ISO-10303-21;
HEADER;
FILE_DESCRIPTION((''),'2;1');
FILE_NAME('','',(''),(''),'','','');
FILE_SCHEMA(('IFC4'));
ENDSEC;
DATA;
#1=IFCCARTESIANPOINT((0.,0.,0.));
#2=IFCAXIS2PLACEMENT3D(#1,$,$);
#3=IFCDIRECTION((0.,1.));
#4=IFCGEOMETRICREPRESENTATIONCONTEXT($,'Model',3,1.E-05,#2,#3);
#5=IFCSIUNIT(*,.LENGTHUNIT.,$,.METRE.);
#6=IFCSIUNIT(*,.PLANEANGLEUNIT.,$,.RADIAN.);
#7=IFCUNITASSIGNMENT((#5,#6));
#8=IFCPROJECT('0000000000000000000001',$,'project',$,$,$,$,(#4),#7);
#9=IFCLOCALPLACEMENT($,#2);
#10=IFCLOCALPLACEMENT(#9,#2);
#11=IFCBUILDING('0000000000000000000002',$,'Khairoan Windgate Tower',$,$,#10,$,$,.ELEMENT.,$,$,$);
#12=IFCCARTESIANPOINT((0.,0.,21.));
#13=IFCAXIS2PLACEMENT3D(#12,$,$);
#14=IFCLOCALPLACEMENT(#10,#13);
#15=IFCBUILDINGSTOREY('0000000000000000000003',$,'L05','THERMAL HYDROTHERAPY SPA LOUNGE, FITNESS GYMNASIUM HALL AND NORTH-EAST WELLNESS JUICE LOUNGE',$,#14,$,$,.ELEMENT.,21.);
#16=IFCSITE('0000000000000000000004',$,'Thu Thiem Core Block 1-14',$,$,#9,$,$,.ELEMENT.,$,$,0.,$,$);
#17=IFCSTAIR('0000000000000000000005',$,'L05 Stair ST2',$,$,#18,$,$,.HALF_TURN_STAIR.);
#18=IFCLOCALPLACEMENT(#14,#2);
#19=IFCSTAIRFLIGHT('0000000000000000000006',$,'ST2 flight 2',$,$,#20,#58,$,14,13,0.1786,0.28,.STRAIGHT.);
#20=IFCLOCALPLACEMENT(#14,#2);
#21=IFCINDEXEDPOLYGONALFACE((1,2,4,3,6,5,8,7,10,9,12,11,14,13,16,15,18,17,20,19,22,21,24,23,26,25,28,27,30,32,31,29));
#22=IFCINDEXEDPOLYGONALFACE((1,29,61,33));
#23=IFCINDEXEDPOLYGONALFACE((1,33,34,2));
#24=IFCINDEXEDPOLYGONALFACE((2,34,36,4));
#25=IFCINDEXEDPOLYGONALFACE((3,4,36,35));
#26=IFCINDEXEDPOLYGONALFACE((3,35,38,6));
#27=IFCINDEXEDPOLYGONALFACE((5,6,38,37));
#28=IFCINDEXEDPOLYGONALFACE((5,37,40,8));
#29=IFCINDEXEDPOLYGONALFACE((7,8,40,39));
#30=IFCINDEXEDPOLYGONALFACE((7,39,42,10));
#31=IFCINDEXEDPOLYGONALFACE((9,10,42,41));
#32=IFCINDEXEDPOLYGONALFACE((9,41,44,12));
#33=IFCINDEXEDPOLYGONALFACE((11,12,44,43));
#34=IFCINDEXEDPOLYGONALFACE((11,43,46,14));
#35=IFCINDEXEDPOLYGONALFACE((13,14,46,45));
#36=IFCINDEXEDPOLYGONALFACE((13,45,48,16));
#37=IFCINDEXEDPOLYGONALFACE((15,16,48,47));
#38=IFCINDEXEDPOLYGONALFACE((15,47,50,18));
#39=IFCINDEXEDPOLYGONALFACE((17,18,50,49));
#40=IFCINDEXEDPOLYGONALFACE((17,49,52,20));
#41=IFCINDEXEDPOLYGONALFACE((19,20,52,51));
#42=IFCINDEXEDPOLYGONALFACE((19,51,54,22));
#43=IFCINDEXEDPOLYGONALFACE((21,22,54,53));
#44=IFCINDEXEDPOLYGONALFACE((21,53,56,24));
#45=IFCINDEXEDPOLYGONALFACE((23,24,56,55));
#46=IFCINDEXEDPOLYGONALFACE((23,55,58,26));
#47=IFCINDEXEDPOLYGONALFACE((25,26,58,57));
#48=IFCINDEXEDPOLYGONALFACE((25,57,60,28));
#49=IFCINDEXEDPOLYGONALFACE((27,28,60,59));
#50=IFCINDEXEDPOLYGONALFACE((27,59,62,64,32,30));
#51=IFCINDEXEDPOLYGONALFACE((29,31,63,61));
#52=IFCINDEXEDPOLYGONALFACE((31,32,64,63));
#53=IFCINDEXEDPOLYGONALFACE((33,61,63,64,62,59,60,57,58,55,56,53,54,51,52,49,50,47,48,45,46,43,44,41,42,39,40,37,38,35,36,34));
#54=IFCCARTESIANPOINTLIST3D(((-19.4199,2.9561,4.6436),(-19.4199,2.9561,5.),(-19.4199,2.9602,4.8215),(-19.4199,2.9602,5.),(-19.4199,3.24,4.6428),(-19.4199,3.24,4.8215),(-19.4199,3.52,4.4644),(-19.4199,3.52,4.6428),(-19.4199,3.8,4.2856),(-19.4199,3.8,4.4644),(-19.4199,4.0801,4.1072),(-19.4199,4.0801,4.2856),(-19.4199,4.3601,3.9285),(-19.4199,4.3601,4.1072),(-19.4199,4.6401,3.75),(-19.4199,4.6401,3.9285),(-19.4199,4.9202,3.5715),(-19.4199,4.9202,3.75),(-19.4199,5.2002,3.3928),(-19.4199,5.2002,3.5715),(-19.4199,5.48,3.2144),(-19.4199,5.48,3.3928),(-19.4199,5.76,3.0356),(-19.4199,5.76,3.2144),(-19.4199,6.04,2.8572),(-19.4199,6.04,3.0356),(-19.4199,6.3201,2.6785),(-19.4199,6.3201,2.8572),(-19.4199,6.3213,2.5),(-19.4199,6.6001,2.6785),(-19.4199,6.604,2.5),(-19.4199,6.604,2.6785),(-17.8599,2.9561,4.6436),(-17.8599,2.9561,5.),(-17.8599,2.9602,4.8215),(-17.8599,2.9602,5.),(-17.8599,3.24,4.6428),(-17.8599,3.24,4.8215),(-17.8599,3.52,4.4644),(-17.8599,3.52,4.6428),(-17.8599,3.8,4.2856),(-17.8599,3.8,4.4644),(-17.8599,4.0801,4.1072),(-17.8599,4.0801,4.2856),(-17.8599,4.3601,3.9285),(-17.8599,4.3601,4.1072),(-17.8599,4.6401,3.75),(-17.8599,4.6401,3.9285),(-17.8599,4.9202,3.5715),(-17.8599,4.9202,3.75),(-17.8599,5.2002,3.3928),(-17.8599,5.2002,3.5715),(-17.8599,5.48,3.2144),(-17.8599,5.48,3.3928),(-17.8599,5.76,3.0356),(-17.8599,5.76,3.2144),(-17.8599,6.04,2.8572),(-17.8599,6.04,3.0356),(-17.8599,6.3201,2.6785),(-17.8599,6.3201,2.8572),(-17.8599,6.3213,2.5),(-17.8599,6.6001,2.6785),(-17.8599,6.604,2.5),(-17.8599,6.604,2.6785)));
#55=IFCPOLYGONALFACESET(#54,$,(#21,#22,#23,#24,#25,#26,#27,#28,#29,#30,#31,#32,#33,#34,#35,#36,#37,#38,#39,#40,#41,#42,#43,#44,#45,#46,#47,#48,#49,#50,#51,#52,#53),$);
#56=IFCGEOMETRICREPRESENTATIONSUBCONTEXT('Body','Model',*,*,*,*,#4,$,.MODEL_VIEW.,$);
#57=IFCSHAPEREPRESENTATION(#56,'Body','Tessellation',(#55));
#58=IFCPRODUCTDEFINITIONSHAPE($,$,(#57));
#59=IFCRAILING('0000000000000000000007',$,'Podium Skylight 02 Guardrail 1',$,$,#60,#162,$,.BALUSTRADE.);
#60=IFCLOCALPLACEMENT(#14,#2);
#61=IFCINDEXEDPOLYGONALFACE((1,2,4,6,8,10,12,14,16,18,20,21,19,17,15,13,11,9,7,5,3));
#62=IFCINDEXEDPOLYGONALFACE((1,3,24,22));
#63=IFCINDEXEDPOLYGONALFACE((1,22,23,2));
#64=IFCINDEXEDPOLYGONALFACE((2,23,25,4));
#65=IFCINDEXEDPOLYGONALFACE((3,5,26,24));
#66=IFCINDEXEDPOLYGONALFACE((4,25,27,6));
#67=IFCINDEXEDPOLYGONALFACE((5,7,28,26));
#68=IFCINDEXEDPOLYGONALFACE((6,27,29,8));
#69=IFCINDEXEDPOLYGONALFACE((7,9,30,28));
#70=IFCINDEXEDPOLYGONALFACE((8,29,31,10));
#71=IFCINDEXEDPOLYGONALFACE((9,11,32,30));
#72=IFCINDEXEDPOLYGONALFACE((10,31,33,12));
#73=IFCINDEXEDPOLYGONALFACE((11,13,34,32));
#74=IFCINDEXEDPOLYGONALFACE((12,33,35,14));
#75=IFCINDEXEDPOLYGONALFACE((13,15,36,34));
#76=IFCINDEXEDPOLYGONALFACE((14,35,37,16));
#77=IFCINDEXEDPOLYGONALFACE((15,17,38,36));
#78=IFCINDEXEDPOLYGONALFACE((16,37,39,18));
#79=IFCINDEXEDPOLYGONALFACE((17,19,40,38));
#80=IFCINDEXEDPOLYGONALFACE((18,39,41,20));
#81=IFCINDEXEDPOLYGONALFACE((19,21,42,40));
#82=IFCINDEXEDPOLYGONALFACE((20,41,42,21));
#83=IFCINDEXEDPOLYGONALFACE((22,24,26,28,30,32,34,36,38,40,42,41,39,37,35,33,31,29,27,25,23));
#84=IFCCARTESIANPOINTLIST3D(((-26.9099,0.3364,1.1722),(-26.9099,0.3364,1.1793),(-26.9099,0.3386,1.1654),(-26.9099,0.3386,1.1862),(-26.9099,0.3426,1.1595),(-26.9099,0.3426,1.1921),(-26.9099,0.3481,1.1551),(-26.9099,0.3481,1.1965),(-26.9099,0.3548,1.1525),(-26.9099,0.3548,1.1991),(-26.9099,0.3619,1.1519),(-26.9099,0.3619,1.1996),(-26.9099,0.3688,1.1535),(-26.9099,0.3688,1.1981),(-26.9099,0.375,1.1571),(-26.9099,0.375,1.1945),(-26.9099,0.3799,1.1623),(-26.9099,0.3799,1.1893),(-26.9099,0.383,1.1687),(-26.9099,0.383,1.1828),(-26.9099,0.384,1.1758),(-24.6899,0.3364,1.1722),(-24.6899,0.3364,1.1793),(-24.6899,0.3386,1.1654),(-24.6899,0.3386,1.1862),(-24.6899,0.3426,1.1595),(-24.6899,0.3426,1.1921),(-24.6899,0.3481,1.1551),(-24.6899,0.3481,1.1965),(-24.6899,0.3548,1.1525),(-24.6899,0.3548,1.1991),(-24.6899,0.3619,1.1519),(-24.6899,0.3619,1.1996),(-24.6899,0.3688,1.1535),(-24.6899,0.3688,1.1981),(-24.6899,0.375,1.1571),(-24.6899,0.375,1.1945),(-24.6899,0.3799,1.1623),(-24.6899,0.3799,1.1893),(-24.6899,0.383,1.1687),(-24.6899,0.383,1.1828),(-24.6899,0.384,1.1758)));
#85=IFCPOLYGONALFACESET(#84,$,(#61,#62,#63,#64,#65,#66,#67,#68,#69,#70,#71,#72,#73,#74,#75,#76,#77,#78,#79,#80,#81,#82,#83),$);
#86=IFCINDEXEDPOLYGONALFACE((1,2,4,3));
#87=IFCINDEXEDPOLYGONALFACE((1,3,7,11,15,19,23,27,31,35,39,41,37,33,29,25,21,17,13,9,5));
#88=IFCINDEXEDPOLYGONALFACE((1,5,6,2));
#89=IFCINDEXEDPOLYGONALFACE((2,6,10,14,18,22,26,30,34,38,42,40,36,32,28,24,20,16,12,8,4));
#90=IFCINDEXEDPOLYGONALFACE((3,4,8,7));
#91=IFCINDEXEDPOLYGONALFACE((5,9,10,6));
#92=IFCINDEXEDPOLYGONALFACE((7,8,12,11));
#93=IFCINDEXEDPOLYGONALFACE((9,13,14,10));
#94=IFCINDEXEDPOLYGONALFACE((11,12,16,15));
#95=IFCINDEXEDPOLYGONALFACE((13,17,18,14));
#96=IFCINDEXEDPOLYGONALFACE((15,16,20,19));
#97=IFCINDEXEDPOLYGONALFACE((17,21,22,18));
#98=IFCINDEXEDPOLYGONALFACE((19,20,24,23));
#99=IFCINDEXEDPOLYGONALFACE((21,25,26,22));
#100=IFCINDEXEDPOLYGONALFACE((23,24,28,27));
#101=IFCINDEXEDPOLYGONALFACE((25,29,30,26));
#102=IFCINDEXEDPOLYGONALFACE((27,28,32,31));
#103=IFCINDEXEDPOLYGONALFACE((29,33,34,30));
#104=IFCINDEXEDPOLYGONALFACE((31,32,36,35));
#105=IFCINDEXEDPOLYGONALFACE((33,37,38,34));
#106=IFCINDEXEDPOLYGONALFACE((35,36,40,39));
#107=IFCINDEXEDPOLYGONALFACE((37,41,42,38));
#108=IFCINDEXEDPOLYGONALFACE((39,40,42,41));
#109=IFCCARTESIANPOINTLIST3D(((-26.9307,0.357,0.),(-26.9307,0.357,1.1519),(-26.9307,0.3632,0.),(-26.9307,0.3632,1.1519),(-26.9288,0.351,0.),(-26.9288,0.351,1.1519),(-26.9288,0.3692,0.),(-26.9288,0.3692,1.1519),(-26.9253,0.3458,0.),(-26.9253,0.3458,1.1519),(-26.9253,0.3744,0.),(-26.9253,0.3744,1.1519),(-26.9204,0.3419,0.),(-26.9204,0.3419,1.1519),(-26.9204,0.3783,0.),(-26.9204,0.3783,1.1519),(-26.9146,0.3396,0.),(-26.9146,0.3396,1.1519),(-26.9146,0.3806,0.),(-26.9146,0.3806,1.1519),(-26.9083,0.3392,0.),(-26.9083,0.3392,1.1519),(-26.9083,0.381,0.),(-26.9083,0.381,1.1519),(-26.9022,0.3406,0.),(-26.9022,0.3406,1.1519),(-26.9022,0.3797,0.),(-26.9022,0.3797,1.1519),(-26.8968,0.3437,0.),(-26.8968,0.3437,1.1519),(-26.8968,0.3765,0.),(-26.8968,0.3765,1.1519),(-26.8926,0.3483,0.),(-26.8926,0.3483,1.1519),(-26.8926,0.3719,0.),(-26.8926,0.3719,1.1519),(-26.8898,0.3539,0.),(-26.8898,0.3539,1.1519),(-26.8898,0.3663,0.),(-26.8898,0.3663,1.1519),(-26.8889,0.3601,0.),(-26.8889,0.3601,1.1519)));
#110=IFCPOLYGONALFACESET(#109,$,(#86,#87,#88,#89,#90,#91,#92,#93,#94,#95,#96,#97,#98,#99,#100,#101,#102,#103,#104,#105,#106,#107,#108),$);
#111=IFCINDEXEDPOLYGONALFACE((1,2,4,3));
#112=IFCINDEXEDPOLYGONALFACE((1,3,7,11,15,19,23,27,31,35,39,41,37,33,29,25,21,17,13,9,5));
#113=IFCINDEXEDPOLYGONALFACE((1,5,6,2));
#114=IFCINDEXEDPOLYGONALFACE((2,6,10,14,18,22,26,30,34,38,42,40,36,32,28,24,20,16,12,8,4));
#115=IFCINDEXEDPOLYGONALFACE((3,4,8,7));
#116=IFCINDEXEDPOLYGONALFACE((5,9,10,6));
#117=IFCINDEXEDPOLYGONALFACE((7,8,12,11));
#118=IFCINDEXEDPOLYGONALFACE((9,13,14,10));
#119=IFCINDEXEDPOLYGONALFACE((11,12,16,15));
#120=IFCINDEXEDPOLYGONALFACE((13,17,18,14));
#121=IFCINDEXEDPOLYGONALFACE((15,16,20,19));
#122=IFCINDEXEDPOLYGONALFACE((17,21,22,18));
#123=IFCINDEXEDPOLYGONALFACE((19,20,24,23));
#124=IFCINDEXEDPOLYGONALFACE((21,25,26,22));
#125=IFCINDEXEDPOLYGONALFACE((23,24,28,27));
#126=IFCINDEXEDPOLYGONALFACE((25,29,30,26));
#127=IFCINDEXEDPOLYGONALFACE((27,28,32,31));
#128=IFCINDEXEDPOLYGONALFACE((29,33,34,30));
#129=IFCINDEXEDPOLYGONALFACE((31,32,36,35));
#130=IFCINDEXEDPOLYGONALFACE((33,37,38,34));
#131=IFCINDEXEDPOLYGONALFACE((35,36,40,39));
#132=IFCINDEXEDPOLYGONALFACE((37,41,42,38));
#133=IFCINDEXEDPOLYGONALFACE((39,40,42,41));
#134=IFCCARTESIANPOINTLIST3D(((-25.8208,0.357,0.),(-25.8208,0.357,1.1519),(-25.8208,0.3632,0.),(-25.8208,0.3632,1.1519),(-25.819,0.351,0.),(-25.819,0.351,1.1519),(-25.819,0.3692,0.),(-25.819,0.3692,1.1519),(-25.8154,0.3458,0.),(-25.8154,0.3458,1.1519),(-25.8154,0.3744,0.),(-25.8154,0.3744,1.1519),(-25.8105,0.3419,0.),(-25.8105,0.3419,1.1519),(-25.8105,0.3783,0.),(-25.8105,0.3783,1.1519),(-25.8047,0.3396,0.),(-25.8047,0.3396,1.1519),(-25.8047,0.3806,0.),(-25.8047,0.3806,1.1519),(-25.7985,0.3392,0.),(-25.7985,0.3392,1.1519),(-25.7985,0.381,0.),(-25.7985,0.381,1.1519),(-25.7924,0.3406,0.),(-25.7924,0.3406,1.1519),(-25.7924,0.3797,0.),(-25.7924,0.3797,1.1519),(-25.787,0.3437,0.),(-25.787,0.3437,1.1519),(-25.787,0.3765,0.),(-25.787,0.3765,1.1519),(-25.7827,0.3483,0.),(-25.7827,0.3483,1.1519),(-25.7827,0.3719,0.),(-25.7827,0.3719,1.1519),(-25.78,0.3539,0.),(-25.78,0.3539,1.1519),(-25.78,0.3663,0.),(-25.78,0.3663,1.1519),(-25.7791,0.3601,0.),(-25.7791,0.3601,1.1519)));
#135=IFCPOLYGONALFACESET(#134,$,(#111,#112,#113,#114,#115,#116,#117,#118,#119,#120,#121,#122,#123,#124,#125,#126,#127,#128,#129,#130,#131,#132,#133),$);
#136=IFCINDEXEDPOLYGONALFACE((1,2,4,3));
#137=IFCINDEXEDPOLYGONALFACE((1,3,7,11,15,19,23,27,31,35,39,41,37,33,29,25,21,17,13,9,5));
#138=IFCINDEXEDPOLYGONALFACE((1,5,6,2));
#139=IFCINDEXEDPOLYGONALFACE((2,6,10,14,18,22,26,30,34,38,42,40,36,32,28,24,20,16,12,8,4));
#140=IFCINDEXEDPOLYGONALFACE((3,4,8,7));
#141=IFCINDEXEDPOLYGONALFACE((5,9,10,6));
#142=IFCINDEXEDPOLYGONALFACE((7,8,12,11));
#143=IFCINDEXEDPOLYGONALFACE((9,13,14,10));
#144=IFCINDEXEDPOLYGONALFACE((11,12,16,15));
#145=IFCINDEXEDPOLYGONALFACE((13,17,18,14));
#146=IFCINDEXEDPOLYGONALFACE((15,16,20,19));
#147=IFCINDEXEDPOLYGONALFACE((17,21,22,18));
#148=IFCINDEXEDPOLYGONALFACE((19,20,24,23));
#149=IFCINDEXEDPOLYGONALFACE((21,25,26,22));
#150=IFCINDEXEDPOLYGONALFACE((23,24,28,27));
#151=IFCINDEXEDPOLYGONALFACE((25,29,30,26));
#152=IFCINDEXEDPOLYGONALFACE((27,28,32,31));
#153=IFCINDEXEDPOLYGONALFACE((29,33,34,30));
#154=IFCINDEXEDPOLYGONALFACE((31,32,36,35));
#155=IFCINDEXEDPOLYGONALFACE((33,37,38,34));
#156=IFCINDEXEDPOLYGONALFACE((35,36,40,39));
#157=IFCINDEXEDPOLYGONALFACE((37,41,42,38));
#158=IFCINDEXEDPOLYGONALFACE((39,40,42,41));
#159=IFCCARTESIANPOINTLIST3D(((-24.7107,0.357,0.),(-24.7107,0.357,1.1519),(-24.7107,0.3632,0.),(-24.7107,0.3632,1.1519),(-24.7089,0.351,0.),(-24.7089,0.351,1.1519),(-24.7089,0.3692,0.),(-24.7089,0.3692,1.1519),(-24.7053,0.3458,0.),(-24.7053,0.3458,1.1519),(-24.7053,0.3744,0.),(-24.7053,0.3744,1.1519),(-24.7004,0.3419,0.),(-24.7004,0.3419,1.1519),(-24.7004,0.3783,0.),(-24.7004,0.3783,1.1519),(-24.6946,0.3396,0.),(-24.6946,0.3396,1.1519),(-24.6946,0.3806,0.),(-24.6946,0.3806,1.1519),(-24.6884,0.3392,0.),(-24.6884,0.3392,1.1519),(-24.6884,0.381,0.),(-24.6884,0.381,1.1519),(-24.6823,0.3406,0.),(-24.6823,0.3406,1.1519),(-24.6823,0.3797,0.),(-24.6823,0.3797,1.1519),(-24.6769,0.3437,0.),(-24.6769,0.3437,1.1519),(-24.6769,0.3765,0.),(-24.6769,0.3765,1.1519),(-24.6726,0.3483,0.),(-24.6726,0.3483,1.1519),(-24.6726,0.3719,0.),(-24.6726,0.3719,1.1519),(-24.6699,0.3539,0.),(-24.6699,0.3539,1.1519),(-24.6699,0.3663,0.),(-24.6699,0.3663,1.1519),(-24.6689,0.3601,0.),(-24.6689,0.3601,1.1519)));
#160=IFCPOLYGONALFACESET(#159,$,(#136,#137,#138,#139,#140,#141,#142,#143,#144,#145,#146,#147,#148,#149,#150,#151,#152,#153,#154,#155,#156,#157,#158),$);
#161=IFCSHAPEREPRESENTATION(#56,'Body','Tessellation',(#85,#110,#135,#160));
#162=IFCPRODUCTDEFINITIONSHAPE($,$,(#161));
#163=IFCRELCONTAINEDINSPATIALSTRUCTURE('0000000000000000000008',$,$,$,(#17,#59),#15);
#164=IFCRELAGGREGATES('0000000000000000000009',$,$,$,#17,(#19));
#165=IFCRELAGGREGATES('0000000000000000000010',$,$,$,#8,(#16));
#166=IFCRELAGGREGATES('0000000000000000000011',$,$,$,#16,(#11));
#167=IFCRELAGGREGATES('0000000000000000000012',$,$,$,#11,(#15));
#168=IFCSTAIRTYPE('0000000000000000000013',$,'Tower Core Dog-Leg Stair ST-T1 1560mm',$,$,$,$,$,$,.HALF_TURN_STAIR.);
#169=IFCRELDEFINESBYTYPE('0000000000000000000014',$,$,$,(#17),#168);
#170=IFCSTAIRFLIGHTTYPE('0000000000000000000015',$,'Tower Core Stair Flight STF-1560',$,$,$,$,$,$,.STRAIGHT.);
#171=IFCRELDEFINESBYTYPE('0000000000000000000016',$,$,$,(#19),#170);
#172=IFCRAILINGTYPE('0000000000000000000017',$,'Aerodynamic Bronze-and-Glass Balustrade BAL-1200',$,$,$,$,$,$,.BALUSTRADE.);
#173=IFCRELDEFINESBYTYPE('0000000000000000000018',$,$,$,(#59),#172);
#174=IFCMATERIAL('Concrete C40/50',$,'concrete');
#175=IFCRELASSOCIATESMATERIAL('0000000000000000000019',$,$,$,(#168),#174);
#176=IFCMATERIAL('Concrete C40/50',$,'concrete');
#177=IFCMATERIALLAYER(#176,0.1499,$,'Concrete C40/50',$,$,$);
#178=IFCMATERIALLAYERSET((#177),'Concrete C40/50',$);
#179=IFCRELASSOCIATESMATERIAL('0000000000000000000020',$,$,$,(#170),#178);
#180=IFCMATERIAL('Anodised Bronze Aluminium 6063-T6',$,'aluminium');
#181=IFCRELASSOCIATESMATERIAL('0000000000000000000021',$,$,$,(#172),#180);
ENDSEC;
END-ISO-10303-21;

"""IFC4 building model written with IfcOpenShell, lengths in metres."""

from ifc_helpers import new_model, si_unit, direction, frame, origin, origin_2d, place, context, subcontext, project, spatial, polyline, circle, outline, extrude, material, layer, layer_set, type_object, element, aggregate, save


model = new_model("IFC4")

# Units and contexts
model_context = context("Model", 3, precision=1e-05, world=origin(), true_north=direction((0.0, 1.0)))
body_context = subcontext(model_context, "Body", "Model", "MODEL_VIEW")
ifc_project = project(units=[si_unit("LENGTHUNIT", "METRE"), si_unit("PLANEANGLEUNIT", "RADIAN")], contexts=[model_context])

# Site, building, storey
site_placement = place(None, origin())
site = spatial("IfcSite", under=ifc_project, at=site_placement, Name="Thu Thiem Core Block 1-14", CompositionType="ELEMENT", RefElevation=0.0)
building_placement = place(site_placement, origin())
building = spatial("IfcBuilding", under=site, at=building_placement, Name="Khairoan Windgate Tower", CompositionType="ELEMENT")
storey_placement = place(building_placement, frame((0.0, 0.0, 21.0)))
storey = spatial("IfcBuildingStorey", under=building, at=storey_placement, Name="L05", Description="THERMAL HYDROTHERAPY SPA LOUNGE, FITNESS GYMNASIUM HALL AND NORTH-EAST WELLNESS JUICE LOUNGE", CompositionType="ELEMENT", Elevation=21.0)

# Stair, stair flight
ifc_material_1 = material(Name="Concrete C40/50", Category="concrete")
stair_type = type_object("IfcStairType", Name="Tower Core Dog-Leg Stair ST-T1 1560mm", PredefinedType="HALF_TURN_STAIR", material=ifc_material_1)
stair_placement = place(storey_placement, origin())
stair = element("IfcStair", 1, at=stair_placement, inside=storey, type_object=stair_type, Name="L05 Stair ST2", PredefinedType="HALF_TURN_STAIR")
ifc_material_2 = material(Name="Concrete C40/50", Category="concrete")
ifc_layer_1 = layer(ifc_material_2, 0.1499, Name="Concrete C40/50")
ifc_layer_set_1 = layer_set([ifc_layer_1], Name="Concrete C40/50")
stair_flight_type = type_object("IfcStairFlightType", Name="Tower Core Stair Flight STF-1560", PredefinedType="STRAIGHT", material=ifc_layer_set_1)
stair_flight_placement = place(storey_placement, frame((-18.6399, 6.6001, 2.5), z_axis=(0.0, 0.0, 1.0), x_axis=(0.0, -1.0, 0.0)))
stair_flight = element("IfcStairFlight", 2, at=stair_flight_placement, type_object=stair_flight_type, Name="ST2 flight 2", NumberOfRisers=14, NumberOfTreads=13, PredefinedType="STRAIGHT", RiserHeight=0.1786, TreadLength=0.28, context=body_context, shape_type="SweptSolid", body=[
    extrude(outline(polyline([(-0.0039, 0.0), (-0.0039, 0.1785), (0.0, 0.1785), (0.28, 0.1785), (0.28, 0.3572), (0.5601, 0.3572), (0.5601, 0.5356), (0.8401, 0.5356), (0.8401, 0.7144), (1.1201, 0.7144), (1.1201, 0.8928), (1.3999, 0.8928), (1.3999, 1.0715), (1.6799, 1.0715), (1.6799, 1.25), (1.96, 1.25), (1.96, 1.4285), (2.24, 1.4285), (2.24, 1.6072), (2.52, 1.6072), (2.52, 1.7856), (2.8, 1.7856), (2.8, 1.9644), (3.0801, 1.9644), (3.0801, 2.1428), (3.3601, 2.1428), (3.3601, 2.3215), (3.6399, 2.3215), (3.6399, 2.5), (3.644, 2.5), (3.644, 2.1436), (0.2788, 0.0), (-0.0039, 0.0)])), frame((0.0, 0.78, 0.0), z_axis=(0.0, -1.0, 0.0), x_axis=(1.0, 0.0, 0.0)), (0.0, 0.0, 1.0), 1.5601),
])
aggregate(stair, [stair_flight])

# Railing
ifc_material_3 = material(Name="Anodised Bronze Aluminium 6063-T6", Category="aluminium")
railing_type_1 = type_object("IfcRailingType", Name="Aerodynamic Bronze-and-Glass Balustrade BAL-1200", PredefinedType="BALUSTRADE", material=ifc_material_3)
railing_1_placement = place(storey_placement, frame((-26.9099, 0.3601, 0.0)))
element("IfcRailing", 3, at=railing_1_placement, inside=storey, type_object=railing_type_1, Name="Podium Skylight 02 Guardrail 1", PredefinedType="BALUSTRADE", context=body_context, shape_type="SweptSolid", body=[
    extrude(circle(Radius=0.0239, at=origin_2d()), frame((0.0, 0.0, 1.1758), z_axis=(1.0, 0.0, 0.0), x_axis=(0.0, 1.0, 0.0)), (0.0, 0.0, 1.0), 2.22),
    extrude(circle(Radius=0.021, at=origin_2d()), origin(), (0.0, 0.0, 1.0), 1.1519),
    extrude(circle(Radius=0.021, at=origin_2d()), frame((1.1099, 0.0, 0.0)), (0.0, 0.0, 1.0), 1.1519),
    extrude(circle(Radius=0.021, at=origin_2d()), frame((2.22, 0.0, 0.0)), (0.0, 0.0, 1.0), 1.1519),
])

save(model, "model.ifc")
